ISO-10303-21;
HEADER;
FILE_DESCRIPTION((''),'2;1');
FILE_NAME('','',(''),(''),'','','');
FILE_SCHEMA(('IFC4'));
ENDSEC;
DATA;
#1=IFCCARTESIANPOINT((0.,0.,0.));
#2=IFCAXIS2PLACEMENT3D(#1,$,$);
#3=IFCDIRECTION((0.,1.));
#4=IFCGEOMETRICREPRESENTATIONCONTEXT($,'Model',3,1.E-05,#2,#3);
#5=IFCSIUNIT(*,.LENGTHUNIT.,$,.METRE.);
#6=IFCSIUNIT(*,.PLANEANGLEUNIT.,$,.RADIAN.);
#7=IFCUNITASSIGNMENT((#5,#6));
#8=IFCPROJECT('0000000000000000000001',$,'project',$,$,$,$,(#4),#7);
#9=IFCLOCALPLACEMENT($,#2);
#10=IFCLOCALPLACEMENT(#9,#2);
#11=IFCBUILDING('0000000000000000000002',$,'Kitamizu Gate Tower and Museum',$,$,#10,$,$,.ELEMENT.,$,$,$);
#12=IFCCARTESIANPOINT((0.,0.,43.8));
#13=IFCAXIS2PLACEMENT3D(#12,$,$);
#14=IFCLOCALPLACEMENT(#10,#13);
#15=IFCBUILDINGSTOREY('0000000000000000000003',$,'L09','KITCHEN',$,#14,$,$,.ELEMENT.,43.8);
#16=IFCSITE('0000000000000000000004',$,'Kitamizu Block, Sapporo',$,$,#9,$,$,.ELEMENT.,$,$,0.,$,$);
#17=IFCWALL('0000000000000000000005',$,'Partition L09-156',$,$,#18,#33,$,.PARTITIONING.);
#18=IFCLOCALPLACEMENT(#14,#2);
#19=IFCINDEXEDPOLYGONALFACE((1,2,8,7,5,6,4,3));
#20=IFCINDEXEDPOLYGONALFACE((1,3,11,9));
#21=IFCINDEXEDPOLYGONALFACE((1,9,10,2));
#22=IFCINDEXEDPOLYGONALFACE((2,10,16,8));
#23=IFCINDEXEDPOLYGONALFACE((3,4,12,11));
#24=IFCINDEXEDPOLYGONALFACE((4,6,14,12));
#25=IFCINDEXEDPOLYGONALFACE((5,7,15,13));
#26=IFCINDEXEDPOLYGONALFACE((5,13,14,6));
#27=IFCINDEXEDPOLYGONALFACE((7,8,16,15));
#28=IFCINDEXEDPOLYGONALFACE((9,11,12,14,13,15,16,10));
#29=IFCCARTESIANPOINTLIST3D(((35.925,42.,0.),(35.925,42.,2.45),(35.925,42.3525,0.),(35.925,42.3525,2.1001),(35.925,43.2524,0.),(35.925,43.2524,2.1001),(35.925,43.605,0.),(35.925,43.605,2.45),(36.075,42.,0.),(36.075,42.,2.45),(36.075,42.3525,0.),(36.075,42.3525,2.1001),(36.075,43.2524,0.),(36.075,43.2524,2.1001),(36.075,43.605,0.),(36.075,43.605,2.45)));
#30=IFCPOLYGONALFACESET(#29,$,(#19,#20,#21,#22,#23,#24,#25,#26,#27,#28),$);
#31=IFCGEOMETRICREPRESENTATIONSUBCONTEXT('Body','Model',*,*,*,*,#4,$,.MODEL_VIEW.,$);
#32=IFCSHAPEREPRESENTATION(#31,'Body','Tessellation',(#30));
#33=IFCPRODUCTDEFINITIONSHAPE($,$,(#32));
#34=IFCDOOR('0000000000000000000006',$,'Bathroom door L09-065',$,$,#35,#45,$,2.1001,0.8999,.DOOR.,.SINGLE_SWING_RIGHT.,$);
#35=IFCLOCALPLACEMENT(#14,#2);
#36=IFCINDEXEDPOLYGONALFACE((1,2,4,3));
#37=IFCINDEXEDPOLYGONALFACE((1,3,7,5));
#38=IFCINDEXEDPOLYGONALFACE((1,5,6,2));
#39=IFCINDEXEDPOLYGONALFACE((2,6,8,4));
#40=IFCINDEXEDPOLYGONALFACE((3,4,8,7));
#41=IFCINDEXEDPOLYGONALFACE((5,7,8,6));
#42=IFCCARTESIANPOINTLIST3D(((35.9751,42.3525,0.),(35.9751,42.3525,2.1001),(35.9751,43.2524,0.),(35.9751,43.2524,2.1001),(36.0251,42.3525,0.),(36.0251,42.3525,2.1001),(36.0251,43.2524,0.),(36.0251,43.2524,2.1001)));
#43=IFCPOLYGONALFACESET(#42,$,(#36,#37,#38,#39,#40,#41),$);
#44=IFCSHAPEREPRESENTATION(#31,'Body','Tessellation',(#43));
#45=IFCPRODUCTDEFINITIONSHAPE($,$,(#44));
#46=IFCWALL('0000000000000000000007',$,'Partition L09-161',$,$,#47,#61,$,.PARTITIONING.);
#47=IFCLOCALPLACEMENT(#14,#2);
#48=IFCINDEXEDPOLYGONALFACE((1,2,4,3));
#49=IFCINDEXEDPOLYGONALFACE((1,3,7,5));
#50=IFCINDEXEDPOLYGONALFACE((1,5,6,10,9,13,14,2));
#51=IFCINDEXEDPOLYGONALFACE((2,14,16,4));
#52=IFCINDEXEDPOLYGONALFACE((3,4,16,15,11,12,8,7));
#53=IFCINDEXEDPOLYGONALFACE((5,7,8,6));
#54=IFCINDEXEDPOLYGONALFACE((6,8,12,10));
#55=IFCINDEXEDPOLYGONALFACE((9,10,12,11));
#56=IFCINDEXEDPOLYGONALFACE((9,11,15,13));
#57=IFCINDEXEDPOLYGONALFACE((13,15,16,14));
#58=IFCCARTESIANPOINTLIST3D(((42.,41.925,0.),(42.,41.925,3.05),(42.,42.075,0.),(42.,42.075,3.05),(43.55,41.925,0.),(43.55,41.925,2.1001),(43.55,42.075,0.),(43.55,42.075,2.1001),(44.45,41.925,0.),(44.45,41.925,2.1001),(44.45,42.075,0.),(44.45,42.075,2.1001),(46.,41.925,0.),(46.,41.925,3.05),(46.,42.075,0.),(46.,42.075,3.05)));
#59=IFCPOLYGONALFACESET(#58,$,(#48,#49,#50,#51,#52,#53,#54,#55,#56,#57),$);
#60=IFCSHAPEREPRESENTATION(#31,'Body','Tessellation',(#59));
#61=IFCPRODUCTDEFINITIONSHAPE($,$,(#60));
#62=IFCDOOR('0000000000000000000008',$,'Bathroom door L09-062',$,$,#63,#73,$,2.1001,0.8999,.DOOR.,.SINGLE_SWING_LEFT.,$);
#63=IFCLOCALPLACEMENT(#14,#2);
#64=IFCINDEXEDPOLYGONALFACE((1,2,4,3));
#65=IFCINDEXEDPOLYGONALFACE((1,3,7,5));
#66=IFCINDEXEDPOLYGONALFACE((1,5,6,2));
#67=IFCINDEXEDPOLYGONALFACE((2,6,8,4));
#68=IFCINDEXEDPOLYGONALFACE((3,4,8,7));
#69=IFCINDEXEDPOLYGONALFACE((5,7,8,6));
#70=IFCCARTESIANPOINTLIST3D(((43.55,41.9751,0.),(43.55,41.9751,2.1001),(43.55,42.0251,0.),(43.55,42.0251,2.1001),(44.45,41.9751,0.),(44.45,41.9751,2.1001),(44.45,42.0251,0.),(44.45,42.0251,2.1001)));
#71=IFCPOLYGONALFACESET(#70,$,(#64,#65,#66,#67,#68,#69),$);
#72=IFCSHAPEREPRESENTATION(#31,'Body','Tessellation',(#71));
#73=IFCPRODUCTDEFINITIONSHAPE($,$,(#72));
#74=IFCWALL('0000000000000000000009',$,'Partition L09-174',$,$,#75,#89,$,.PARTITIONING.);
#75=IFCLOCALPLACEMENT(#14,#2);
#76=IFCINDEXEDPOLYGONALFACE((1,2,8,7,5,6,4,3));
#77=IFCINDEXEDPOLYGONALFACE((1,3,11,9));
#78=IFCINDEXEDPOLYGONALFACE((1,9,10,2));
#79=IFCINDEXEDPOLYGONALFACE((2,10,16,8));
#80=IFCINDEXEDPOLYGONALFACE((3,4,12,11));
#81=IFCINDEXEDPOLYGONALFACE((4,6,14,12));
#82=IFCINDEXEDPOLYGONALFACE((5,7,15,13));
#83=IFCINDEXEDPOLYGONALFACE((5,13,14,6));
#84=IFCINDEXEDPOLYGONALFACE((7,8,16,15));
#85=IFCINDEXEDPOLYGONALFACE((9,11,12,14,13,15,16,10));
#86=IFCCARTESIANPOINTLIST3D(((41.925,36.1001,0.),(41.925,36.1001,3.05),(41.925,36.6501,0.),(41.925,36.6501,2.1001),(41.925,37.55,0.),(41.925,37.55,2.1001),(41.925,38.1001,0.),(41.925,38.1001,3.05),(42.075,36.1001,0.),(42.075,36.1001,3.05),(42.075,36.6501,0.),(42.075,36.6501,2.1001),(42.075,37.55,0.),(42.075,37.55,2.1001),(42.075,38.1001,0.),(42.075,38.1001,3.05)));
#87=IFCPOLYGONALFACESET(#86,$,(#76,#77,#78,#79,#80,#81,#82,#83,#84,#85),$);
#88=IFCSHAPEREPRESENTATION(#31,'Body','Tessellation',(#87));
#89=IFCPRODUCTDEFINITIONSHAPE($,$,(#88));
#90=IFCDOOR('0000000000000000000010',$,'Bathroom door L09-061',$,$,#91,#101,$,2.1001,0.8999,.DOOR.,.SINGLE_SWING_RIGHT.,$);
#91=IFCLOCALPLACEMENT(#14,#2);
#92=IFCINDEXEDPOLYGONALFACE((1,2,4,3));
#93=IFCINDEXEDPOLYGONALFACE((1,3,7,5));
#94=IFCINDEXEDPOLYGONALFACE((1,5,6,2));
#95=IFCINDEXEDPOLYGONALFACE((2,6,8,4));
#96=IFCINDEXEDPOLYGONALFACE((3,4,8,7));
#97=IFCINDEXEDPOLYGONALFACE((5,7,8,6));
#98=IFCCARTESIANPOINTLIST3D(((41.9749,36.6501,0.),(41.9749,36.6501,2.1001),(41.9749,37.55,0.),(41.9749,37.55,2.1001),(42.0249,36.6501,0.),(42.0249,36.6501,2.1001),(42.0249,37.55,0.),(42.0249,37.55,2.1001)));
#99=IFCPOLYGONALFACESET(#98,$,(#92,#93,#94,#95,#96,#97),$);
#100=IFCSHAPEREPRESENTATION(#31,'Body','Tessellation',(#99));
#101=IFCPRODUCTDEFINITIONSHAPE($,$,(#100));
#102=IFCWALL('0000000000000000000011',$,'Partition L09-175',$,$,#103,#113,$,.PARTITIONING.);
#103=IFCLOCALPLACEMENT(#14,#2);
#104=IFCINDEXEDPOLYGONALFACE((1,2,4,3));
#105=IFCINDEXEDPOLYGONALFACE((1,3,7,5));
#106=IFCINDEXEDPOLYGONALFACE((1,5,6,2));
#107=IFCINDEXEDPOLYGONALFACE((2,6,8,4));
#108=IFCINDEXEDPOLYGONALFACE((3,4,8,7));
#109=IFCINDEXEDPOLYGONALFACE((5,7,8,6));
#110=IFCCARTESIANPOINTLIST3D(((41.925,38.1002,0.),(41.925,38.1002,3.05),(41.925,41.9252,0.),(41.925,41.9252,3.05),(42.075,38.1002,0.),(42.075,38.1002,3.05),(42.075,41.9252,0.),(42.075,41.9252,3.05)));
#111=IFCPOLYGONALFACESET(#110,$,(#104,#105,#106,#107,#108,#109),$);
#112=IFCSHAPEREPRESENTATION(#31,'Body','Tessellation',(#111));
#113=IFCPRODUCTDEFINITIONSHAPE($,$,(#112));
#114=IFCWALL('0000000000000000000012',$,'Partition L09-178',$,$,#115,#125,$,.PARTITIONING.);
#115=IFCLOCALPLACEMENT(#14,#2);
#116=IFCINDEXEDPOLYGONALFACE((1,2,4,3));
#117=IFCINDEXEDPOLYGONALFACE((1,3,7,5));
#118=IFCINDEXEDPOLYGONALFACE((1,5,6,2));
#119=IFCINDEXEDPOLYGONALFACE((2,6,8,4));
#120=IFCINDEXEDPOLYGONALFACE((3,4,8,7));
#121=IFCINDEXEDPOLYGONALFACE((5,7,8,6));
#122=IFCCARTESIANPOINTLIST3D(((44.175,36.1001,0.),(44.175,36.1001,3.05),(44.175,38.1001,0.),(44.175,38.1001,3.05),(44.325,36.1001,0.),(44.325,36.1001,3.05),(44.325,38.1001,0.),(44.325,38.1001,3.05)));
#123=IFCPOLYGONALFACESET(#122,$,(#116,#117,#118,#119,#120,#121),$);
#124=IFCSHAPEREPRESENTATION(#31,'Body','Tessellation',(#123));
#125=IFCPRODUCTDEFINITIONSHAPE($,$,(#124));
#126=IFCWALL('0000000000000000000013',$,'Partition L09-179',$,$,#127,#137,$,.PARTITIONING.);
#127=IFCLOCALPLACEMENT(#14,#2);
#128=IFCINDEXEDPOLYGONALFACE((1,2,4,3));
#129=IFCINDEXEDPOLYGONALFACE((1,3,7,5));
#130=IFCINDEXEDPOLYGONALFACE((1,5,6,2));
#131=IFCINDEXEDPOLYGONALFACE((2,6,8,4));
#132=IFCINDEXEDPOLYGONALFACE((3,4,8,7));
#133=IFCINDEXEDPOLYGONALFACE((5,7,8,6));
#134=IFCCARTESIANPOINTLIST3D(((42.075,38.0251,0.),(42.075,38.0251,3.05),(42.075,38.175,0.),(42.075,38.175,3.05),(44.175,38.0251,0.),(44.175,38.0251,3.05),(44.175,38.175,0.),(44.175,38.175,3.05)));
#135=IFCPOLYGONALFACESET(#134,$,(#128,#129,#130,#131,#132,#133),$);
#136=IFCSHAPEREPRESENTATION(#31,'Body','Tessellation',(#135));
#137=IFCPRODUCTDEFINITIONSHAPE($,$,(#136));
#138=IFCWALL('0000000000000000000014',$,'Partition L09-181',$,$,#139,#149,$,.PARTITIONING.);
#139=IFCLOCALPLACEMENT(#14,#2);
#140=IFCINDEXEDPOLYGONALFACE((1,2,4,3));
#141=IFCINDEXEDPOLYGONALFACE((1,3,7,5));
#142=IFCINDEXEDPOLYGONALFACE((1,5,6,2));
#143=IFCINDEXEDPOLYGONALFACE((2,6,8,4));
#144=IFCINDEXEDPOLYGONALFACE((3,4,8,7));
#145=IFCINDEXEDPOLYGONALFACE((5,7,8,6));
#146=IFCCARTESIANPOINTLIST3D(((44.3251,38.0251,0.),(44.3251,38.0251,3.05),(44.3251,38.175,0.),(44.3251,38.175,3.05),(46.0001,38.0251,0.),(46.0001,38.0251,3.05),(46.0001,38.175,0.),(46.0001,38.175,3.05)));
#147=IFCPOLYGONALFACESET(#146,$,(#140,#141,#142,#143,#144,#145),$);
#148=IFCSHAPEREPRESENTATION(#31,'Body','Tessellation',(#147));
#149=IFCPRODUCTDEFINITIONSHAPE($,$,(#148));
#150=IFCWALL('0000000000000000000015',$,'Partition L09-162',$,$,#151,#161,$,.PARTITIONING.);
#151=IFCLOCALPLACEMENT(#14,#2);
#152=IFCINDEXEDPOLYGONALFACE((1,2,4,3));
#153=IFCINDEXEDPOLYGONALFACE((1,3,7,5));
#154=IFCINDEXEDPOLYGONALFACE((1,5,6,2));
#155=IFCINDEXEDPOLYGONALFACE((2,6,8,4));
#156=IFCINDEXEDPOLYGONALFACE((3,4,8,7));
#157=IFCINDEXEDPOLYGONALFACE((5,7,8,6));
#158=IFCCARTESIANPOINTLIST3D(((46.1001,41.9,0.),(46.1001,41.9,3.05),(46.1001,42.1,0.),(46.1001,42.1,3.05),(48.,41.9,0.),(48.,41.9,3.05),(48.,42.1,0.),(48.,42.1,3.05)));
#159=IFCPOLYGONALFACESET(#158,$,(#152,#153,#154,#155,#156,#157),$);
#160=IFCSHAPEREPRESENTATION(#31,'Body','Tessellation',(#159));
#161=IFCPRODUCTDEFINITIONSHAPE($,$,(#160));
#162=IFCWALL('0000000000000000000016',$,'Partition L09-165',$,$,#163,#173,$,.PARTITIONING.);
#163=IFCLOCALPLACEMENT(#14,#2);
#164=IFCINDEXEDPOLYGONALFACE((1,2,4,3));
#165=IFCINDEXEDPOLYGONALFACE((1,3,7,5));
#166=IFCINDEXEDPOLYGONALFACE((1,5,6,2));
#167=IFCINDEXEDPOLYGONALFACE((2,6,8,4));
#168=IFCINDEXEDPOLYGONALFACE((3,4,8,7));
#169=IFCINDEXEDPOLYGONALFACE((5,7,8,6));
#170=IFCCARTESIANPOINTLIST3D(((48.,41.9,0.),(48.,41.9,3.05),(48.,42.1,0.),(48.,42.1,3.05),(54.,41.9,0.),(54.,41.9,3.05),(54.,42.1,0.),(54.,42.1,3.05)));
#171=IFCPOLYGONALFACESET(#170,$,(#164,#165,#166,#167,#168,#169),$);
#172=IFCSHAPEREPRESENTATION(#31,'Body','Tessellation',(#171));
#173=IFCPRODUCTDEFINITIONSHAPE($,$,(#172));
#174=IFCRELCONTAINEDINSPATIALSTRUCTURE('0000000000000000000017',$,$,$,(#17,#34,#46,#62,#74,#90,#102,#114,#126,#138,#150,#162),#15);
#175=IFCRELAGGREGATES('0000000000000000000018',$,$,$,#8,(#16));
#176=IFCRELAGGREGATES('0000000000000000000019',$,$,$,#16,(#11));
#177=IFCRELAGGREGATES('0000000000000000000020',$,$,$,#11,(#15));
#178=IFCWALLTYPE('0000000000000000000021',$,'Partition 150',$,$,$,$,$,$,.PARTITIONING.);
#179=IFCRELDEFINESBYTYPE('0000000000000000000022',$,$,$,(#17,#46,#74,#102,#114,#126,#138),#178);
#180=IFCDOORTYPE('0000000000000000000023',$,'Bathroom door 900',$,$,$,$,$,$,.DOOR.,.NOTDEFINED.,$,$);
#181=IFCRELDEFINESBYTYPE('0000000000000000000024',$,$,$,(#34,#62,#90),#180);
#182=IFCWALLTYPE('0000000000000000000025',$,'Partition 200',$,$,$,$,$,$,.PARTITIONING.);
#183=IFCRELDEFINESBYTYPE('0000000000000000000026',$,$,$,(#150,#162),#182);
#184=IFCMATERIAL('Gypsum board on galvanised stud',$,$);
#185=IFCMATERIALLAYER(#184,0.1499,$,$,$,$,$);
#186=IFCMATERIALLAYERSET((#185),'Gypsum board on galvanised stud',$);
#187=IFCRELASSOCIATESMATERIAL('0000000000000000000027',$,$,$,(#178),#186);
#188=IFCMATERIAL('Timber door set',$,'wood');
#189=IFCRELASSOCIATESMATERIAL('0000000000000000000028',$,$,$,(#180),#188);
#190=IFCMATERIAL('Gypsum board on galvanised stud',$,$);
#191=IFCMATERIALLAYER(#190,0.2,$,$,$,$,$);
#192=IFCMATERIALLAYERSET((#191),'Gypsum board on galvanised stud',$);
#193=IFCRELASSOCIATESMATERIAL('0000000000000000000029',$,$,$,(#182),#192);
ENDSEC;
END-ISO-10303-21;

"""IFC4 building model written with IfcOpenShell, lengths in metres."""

from ifc_helpers import new_model, si_unit, direction, frame, frame_2d, origin, place, context, subcontext, project, spatial, rectangle, extrude, material, layer, layer_set, type_object, element, fill, save


model = new_model("IFC4")

# Units and contexts
model_context = context("Model", 3, precision=1e-05, world=origin(), true_north=direction((0.0, 1.0)))
body_context = subcontext(model_context, "Body", "Model", "MODEL_VIEW")
ifc_project = project(units=[si_unit("LENGTHUNIT", "METRE"), si_unit("PLANEANGLEUNIT", "RADIAN")], contexts=[model_context])

# Site, building, storey
site_placement = place(None, origin())
site = spatial("IfcSite", under=ifc_project, at=site_placement, Name="Kitamizu Block, Sapporo", CompositionType="ELEMENT", RefElevation=0.0)
building_placement = place(site_placement, origin())
building = spatial("IfcBuilding", under=site, at=building_placement, Name="Kitamizu Gate Tower and Museum", CompositionType="ELEMENT")
storey_placement = place(building_placement, frame((0.0, 0.0, 43.8)))
storey = spatial("IfcBuildingStorey", under=building, at=storey_placement, Name="L09", Description="KITCHEN", CompositionType="ELEMENT", Elevation=43.8)

# Shared definitions
ifc_material_1 = material(Name="Gypsum board on galvanised stud")
ifc_layer_1 = layer(ifc_material_1, 0.1499)
ifc_layer_set_1 = layer_set([ifc_layer_1], Name="Gypsum board on galvanised stud")
wall_type_1 = type_object("IfcWallType", Name="Partition 150", PredefinedType="PARTITIONING", material=ifc_layer_set_1)

# Walls, openings, doors
ifc_material_2 = material(Name="Timber door set", Category="wood")
door_type_1 = type_object("IfcDoorType", Name="Bathroom door 900", OperationType="NOTDEFINED", PredefinedType="DOOR", material=ifc_material_2)
wall_1_placement = place(storey_placement, frame((36.0, 42.0, 0.0), z_axis=(0.0, 0.0, 1.0), x_axis=(0.0, 1.0, 0.0)))
wall_1 = element("IfcWall", 1, at=wall_1_placement, inside=storey, type_object=wall_type_1, Name="Partition L09-156", PredefinedType="PARTITIONING", context=body_context, shape_type="SweptSolid", body=[
    extrude(rectangle(XDim=1.605, YDim=0.1499, at=frame_2d((0.8025, 0.0))), origin(), (0.0, 0.0, 1.0), 2.45),
])
opening_1_placement = place(wall_1_placement, frame((0.3525, 0.0, 0.0)))
opening_1 = element("IfcOpeningElement", 2, at=opening_1_placement, cuts=wall_1, PredefinedType="OPENING", context=body_context, shape_type="SweptSolid", body=[
    extrude(rectangle(XDim=0.8999, YDim=2.1001, at=frame_2d((0.45, 1.05))), frame((0.0, 0.085, 0.0), z_axis=(0.0, -1.0, 0.0), x_axis=(1.0, 0.0, 0.0)), (0.0, 0.0, 1.0), 0.1699),
])
door_1_placement = place(opening_1_placement, origin())
door_1 = element("IfcDoor", 3, at=door_1_placement, inside=storey, type_object=door_type_1, Name="Bathroom door L09-065", OperationType="SINGLE_SWING_RIGHT", OverallHeight=2.1001, OverallWidth=0.8999, PredefinedType="DOOR", context=body_context, shape_type="SweptSolid", body=[
    extrude(rectangle(XDim=0.8999, YDim=2.1001, at=frame_2d((0.45, 1.05))), frame((0.0, 0.0249, 0.0), z_axis=(0.0, -1.0, 0.0), x_axis=(1.0, 0.0, 0.0)), (0.0, 0.0, 1.0), 0.05),
])
fill(opening_1, door_1)
wall_2_placement = place(storey_placement, frame((42.0, 42.0, 0.0), z_axis=(0.0, 0.0, 1.0), x_axis=(1.0, 0.0, 0.0)))
wall_2 = element("IfcWall", 4, at=wall_2_placement, inside=storey, type_object=wall_type_1, Name="Partition L09-161", PredefinedType="PARTITIONING", context=body_context, shape_type="SweptSolid", body=[
    extrude(rectangle(XDim=4.0, YDim=0.1499, at=frame_2d((2.0, 0.0))), origin(), (0.0, 0.0, 1.0), 3.05),
])
opening_2_placement = place(wall_2_placement, frame((1.55, 0.0, 0.0)))
opening_2 = element("IfcOpeningElement", 5, at=opening_2_placement, cuts=wall_2, PredefinedType="OPENING", context=body_context, shape_type="SweptSolid", body=[
    extrude(rectangle(XDim=0.8999, YDim=2.1001, at=frame_2d((0.45, 1.05))), frame((0.0, 0.085, 0.0), z_axis=(0.0, -1.0, 0.0), x_axis=(1.0, 0.0, 0.0)), (0.0, 0.0, 1.0), 0.1699),
])
door_2_placement = place(opening_2_placement, frame((0.8999, 0.0, 0.0), x_axis=(-1.0, 0.0, 0.0)))
door_2 = element("IfcDoor", 6, at=door_2_placement, inside=storey, type_object=door_type_1, Name="Bathroom door L09-062", OperationType="SINGLE_SWING_LEFT", OverallHeight=2.1001, OverallWidth=0.8999, PredefinedType="DOOR", context=body_context, shape_type="SweptSolid", body=[
    extrude(rectangle(XDim=0.8999, YDim=2.1001, at=frame_2d((0.45, 1.05))), frame((0.0, 0.0249, 0.0), z_axis=(0.0, -1.0, 0.0), x_axis=(1.0, 0.0, 0.0)), (0.0, 0.0, 1.0), 0.05),
])
fill(opening_2, door_2)
wall_3_placement = place(storey_placement, frame((42.0, 36.1001, 0.0), z_axis=(0.0, 0.0, 1.0), x_axis=(0.0, 1.0, 0.0)))
wall_3 = element("IfcWall", 7, at=wall_3_placement, inside=storey, type_object=wall_type_1, Name="Partition L09-174", PredefinedType="PARTITIONING", context=body_context, shape_type="SweptSolid", body=[
    extrude(rectangle(XDim=2.0, YDim=0.1499, at=frame_2d((1.0, 0.0))), origin(), (0.0, 0.0, 1.0), 3.05),
])
opening_3_placement = place(wall_3_placement, frame((0.55, 0.0, 0.0)))
opening_3 = element("IfcOpeningElement", 8, at=opening_3_placement, cuts=wall_3, PredefinedType="OPENING", context=body_context, shape_type="SweptSolid", body=[
    extrude(rectangle(XDim=0.8999, YDim=2.1001, at=frame_2d((0.45, 1.05))), frame((0.0, 0.085, 0.0), z_axis=(0.0, -1.0, 0.0), x_axis=(1.0, 0.0, 0.0)), (0.0, 0.0, 1.0), 0.1699),
])
door_3_placement = place(opening_3_placement, frame((0.8999, 0.0, 0.0), x_axis=(-1.0, 0.0, 0.0)))
door_3 = element("IfcDoor", 9, at=door_3_placement, inside=storey, type_object=door_type_1, Name="Bathroom door L09-061", OperationType="SINGLE_SWING_RIGHT", OverallHeight=2.1001, OverallWidth=0.8999, PredefinedType="DOOR", context=body_context, shape_type="SweptSolid", body=[
    extrude(rectangle(XDim=0.8999, YDim=2.1001, at=frame_2d((0.45, 1.05))), frame((0.0, 0.0249, 0.0), z_axis=(0.0, -1.0, 0.0), x_axis=(1.0, 0.0, 0.0)), (0.0, 0.0, 1.0), 0.05),
])
fill(opening_3, door_3)

# Walls
wall_4_placement = place(storey_placement, frame((42.0, 38.1001, 0.0), z_axis=(0.0, 0.0, 1.0), x_axis=(0.0, 1.0, 0.0)))
element("IfcWall", 10, at=wall_4_placement, inside=storey, type_object=wall_type_1, Name="Partition L09-175", PredefinedType="PARTITIONING", context=body_context, shape_type="SweptSolid", body=[
    extrude(rectangle(XDim=3.825, YDim=0.1499, at=frame_2d((1.9126, 0.0))), origin(), (0.0, 0.0, 1.0), 3.05),
])
wall_5_placement = place(storey_placement, frame((44.25, 36.1001, 0.0), z_axis=(0.0, 0.0, 1.0), x_axis=(0.0, 1.0, 0.0)))
element("IfcWall", 11, at=wall_5_placement, inside=storey, type_object=wall_type_1, Name="Partition L09-178", PredefinedType="PARTITIONING", context=body_context, shape_type="SweptSolid", body=[
    extrude(rectangle(XDim=2.0, YDim=0.1499, at=frame_2d((1.0, 0.0))), origin(), (0.0, 0.0, 1.0), 3.05),
])
wall_6_placement = place(storey_placement, frame((44.175, 38.1001, 0.0), z_axis=(0.0, 0.0, 1.0), x_axis=(-1.0, 0.0, 0.0)))
element("IfcWall", 12, at=wall_6_placement, inside=storey, type_object=wall_type_1, Name="Partition L09-179", PredefinedType="PARTITIONING", context=body_context, shape_type="SweptSolid", body=[
    extrude(rectangle(XDim=2.1001, YDim=0.1499, at=frame_2d((1.05, 0.0))), origin(), (0.0, 0.0, 1.0), 3.05),
])
wall_7_placement = place(storey_placement, frame((46.0, 38.1001, 0.0), z_axis=(0.0, 0.0, 1.0), x_axis=(-1.0, 0.0, 0.0)))
element("IfcWall", 13, at=wall_7_placement, inside=storey, type_object=wall_type_1, Name="Partition L09-181", PredefinedType="PARTITIONING", context=body_context, shape_type="SweptSolid", body=[
    extrude(rectangle(XDim=1.675, YDim=0.1499, at=frame_2d((0.8374, 0.0))), origin(), (0.0, 0.0, 1.0), 3.05),
])
ifc_material_3 = material(Name="Gypsum board on galvanised stud")
ifc_layer_2 = layer(ifc_material_3, 0.2)
ifc_layer_set_2 = layer_set([ifc_layer_2], Name="Gypsum board on galvanised stud")
wall_type_2 = type_object("IfcWallType", Name="Partition 200", PredefinedType="PARTITIONING", material=ifc_layer_set_2)
wall_8_placement = place(storey_placement, frame((46.1001, 42.0, 0.0), z_axis=(0.0, 0.0, 1.0), x_axis=(1.0, 0.0, 0.0)))
element("IfcWall", 14, at=wall_8_placement, inside=storey, type_object=wall_type_2, Name="Partition L09-162", PredefinedType="PARTITIONING", context=body_context, shape_type="SweptSolid", body=[
    extrude(rectangle(XDim=1.8999, YDim=0.2, at=frame_2d((0.95, 0.0))), origin(), (0.0, 0.0, 1.0), 3.05),
])
wall_9_placement = place(storey_placement, frame((48.0, 42.0, 0.0), z_axis=(0.0, 0.0, 1.0), x_axis=(1.0, 0.0, 0.0)))
element("IfcWall", 15, at=wall_9_placement, inside=storey, type_object=wall_type_2, Name="Partition L09-165", PredefinedType="PARTITIONING", context=body_context, shape_type="SweptSolid", body=[
    extrude(rectangle(XDim=6.0, YDim=0.2, at=frame_2d((3.0, 0.0))), origin(), (0.0, 0.0, 1.0), 3.05),
])

save(model, "model.ifc")
